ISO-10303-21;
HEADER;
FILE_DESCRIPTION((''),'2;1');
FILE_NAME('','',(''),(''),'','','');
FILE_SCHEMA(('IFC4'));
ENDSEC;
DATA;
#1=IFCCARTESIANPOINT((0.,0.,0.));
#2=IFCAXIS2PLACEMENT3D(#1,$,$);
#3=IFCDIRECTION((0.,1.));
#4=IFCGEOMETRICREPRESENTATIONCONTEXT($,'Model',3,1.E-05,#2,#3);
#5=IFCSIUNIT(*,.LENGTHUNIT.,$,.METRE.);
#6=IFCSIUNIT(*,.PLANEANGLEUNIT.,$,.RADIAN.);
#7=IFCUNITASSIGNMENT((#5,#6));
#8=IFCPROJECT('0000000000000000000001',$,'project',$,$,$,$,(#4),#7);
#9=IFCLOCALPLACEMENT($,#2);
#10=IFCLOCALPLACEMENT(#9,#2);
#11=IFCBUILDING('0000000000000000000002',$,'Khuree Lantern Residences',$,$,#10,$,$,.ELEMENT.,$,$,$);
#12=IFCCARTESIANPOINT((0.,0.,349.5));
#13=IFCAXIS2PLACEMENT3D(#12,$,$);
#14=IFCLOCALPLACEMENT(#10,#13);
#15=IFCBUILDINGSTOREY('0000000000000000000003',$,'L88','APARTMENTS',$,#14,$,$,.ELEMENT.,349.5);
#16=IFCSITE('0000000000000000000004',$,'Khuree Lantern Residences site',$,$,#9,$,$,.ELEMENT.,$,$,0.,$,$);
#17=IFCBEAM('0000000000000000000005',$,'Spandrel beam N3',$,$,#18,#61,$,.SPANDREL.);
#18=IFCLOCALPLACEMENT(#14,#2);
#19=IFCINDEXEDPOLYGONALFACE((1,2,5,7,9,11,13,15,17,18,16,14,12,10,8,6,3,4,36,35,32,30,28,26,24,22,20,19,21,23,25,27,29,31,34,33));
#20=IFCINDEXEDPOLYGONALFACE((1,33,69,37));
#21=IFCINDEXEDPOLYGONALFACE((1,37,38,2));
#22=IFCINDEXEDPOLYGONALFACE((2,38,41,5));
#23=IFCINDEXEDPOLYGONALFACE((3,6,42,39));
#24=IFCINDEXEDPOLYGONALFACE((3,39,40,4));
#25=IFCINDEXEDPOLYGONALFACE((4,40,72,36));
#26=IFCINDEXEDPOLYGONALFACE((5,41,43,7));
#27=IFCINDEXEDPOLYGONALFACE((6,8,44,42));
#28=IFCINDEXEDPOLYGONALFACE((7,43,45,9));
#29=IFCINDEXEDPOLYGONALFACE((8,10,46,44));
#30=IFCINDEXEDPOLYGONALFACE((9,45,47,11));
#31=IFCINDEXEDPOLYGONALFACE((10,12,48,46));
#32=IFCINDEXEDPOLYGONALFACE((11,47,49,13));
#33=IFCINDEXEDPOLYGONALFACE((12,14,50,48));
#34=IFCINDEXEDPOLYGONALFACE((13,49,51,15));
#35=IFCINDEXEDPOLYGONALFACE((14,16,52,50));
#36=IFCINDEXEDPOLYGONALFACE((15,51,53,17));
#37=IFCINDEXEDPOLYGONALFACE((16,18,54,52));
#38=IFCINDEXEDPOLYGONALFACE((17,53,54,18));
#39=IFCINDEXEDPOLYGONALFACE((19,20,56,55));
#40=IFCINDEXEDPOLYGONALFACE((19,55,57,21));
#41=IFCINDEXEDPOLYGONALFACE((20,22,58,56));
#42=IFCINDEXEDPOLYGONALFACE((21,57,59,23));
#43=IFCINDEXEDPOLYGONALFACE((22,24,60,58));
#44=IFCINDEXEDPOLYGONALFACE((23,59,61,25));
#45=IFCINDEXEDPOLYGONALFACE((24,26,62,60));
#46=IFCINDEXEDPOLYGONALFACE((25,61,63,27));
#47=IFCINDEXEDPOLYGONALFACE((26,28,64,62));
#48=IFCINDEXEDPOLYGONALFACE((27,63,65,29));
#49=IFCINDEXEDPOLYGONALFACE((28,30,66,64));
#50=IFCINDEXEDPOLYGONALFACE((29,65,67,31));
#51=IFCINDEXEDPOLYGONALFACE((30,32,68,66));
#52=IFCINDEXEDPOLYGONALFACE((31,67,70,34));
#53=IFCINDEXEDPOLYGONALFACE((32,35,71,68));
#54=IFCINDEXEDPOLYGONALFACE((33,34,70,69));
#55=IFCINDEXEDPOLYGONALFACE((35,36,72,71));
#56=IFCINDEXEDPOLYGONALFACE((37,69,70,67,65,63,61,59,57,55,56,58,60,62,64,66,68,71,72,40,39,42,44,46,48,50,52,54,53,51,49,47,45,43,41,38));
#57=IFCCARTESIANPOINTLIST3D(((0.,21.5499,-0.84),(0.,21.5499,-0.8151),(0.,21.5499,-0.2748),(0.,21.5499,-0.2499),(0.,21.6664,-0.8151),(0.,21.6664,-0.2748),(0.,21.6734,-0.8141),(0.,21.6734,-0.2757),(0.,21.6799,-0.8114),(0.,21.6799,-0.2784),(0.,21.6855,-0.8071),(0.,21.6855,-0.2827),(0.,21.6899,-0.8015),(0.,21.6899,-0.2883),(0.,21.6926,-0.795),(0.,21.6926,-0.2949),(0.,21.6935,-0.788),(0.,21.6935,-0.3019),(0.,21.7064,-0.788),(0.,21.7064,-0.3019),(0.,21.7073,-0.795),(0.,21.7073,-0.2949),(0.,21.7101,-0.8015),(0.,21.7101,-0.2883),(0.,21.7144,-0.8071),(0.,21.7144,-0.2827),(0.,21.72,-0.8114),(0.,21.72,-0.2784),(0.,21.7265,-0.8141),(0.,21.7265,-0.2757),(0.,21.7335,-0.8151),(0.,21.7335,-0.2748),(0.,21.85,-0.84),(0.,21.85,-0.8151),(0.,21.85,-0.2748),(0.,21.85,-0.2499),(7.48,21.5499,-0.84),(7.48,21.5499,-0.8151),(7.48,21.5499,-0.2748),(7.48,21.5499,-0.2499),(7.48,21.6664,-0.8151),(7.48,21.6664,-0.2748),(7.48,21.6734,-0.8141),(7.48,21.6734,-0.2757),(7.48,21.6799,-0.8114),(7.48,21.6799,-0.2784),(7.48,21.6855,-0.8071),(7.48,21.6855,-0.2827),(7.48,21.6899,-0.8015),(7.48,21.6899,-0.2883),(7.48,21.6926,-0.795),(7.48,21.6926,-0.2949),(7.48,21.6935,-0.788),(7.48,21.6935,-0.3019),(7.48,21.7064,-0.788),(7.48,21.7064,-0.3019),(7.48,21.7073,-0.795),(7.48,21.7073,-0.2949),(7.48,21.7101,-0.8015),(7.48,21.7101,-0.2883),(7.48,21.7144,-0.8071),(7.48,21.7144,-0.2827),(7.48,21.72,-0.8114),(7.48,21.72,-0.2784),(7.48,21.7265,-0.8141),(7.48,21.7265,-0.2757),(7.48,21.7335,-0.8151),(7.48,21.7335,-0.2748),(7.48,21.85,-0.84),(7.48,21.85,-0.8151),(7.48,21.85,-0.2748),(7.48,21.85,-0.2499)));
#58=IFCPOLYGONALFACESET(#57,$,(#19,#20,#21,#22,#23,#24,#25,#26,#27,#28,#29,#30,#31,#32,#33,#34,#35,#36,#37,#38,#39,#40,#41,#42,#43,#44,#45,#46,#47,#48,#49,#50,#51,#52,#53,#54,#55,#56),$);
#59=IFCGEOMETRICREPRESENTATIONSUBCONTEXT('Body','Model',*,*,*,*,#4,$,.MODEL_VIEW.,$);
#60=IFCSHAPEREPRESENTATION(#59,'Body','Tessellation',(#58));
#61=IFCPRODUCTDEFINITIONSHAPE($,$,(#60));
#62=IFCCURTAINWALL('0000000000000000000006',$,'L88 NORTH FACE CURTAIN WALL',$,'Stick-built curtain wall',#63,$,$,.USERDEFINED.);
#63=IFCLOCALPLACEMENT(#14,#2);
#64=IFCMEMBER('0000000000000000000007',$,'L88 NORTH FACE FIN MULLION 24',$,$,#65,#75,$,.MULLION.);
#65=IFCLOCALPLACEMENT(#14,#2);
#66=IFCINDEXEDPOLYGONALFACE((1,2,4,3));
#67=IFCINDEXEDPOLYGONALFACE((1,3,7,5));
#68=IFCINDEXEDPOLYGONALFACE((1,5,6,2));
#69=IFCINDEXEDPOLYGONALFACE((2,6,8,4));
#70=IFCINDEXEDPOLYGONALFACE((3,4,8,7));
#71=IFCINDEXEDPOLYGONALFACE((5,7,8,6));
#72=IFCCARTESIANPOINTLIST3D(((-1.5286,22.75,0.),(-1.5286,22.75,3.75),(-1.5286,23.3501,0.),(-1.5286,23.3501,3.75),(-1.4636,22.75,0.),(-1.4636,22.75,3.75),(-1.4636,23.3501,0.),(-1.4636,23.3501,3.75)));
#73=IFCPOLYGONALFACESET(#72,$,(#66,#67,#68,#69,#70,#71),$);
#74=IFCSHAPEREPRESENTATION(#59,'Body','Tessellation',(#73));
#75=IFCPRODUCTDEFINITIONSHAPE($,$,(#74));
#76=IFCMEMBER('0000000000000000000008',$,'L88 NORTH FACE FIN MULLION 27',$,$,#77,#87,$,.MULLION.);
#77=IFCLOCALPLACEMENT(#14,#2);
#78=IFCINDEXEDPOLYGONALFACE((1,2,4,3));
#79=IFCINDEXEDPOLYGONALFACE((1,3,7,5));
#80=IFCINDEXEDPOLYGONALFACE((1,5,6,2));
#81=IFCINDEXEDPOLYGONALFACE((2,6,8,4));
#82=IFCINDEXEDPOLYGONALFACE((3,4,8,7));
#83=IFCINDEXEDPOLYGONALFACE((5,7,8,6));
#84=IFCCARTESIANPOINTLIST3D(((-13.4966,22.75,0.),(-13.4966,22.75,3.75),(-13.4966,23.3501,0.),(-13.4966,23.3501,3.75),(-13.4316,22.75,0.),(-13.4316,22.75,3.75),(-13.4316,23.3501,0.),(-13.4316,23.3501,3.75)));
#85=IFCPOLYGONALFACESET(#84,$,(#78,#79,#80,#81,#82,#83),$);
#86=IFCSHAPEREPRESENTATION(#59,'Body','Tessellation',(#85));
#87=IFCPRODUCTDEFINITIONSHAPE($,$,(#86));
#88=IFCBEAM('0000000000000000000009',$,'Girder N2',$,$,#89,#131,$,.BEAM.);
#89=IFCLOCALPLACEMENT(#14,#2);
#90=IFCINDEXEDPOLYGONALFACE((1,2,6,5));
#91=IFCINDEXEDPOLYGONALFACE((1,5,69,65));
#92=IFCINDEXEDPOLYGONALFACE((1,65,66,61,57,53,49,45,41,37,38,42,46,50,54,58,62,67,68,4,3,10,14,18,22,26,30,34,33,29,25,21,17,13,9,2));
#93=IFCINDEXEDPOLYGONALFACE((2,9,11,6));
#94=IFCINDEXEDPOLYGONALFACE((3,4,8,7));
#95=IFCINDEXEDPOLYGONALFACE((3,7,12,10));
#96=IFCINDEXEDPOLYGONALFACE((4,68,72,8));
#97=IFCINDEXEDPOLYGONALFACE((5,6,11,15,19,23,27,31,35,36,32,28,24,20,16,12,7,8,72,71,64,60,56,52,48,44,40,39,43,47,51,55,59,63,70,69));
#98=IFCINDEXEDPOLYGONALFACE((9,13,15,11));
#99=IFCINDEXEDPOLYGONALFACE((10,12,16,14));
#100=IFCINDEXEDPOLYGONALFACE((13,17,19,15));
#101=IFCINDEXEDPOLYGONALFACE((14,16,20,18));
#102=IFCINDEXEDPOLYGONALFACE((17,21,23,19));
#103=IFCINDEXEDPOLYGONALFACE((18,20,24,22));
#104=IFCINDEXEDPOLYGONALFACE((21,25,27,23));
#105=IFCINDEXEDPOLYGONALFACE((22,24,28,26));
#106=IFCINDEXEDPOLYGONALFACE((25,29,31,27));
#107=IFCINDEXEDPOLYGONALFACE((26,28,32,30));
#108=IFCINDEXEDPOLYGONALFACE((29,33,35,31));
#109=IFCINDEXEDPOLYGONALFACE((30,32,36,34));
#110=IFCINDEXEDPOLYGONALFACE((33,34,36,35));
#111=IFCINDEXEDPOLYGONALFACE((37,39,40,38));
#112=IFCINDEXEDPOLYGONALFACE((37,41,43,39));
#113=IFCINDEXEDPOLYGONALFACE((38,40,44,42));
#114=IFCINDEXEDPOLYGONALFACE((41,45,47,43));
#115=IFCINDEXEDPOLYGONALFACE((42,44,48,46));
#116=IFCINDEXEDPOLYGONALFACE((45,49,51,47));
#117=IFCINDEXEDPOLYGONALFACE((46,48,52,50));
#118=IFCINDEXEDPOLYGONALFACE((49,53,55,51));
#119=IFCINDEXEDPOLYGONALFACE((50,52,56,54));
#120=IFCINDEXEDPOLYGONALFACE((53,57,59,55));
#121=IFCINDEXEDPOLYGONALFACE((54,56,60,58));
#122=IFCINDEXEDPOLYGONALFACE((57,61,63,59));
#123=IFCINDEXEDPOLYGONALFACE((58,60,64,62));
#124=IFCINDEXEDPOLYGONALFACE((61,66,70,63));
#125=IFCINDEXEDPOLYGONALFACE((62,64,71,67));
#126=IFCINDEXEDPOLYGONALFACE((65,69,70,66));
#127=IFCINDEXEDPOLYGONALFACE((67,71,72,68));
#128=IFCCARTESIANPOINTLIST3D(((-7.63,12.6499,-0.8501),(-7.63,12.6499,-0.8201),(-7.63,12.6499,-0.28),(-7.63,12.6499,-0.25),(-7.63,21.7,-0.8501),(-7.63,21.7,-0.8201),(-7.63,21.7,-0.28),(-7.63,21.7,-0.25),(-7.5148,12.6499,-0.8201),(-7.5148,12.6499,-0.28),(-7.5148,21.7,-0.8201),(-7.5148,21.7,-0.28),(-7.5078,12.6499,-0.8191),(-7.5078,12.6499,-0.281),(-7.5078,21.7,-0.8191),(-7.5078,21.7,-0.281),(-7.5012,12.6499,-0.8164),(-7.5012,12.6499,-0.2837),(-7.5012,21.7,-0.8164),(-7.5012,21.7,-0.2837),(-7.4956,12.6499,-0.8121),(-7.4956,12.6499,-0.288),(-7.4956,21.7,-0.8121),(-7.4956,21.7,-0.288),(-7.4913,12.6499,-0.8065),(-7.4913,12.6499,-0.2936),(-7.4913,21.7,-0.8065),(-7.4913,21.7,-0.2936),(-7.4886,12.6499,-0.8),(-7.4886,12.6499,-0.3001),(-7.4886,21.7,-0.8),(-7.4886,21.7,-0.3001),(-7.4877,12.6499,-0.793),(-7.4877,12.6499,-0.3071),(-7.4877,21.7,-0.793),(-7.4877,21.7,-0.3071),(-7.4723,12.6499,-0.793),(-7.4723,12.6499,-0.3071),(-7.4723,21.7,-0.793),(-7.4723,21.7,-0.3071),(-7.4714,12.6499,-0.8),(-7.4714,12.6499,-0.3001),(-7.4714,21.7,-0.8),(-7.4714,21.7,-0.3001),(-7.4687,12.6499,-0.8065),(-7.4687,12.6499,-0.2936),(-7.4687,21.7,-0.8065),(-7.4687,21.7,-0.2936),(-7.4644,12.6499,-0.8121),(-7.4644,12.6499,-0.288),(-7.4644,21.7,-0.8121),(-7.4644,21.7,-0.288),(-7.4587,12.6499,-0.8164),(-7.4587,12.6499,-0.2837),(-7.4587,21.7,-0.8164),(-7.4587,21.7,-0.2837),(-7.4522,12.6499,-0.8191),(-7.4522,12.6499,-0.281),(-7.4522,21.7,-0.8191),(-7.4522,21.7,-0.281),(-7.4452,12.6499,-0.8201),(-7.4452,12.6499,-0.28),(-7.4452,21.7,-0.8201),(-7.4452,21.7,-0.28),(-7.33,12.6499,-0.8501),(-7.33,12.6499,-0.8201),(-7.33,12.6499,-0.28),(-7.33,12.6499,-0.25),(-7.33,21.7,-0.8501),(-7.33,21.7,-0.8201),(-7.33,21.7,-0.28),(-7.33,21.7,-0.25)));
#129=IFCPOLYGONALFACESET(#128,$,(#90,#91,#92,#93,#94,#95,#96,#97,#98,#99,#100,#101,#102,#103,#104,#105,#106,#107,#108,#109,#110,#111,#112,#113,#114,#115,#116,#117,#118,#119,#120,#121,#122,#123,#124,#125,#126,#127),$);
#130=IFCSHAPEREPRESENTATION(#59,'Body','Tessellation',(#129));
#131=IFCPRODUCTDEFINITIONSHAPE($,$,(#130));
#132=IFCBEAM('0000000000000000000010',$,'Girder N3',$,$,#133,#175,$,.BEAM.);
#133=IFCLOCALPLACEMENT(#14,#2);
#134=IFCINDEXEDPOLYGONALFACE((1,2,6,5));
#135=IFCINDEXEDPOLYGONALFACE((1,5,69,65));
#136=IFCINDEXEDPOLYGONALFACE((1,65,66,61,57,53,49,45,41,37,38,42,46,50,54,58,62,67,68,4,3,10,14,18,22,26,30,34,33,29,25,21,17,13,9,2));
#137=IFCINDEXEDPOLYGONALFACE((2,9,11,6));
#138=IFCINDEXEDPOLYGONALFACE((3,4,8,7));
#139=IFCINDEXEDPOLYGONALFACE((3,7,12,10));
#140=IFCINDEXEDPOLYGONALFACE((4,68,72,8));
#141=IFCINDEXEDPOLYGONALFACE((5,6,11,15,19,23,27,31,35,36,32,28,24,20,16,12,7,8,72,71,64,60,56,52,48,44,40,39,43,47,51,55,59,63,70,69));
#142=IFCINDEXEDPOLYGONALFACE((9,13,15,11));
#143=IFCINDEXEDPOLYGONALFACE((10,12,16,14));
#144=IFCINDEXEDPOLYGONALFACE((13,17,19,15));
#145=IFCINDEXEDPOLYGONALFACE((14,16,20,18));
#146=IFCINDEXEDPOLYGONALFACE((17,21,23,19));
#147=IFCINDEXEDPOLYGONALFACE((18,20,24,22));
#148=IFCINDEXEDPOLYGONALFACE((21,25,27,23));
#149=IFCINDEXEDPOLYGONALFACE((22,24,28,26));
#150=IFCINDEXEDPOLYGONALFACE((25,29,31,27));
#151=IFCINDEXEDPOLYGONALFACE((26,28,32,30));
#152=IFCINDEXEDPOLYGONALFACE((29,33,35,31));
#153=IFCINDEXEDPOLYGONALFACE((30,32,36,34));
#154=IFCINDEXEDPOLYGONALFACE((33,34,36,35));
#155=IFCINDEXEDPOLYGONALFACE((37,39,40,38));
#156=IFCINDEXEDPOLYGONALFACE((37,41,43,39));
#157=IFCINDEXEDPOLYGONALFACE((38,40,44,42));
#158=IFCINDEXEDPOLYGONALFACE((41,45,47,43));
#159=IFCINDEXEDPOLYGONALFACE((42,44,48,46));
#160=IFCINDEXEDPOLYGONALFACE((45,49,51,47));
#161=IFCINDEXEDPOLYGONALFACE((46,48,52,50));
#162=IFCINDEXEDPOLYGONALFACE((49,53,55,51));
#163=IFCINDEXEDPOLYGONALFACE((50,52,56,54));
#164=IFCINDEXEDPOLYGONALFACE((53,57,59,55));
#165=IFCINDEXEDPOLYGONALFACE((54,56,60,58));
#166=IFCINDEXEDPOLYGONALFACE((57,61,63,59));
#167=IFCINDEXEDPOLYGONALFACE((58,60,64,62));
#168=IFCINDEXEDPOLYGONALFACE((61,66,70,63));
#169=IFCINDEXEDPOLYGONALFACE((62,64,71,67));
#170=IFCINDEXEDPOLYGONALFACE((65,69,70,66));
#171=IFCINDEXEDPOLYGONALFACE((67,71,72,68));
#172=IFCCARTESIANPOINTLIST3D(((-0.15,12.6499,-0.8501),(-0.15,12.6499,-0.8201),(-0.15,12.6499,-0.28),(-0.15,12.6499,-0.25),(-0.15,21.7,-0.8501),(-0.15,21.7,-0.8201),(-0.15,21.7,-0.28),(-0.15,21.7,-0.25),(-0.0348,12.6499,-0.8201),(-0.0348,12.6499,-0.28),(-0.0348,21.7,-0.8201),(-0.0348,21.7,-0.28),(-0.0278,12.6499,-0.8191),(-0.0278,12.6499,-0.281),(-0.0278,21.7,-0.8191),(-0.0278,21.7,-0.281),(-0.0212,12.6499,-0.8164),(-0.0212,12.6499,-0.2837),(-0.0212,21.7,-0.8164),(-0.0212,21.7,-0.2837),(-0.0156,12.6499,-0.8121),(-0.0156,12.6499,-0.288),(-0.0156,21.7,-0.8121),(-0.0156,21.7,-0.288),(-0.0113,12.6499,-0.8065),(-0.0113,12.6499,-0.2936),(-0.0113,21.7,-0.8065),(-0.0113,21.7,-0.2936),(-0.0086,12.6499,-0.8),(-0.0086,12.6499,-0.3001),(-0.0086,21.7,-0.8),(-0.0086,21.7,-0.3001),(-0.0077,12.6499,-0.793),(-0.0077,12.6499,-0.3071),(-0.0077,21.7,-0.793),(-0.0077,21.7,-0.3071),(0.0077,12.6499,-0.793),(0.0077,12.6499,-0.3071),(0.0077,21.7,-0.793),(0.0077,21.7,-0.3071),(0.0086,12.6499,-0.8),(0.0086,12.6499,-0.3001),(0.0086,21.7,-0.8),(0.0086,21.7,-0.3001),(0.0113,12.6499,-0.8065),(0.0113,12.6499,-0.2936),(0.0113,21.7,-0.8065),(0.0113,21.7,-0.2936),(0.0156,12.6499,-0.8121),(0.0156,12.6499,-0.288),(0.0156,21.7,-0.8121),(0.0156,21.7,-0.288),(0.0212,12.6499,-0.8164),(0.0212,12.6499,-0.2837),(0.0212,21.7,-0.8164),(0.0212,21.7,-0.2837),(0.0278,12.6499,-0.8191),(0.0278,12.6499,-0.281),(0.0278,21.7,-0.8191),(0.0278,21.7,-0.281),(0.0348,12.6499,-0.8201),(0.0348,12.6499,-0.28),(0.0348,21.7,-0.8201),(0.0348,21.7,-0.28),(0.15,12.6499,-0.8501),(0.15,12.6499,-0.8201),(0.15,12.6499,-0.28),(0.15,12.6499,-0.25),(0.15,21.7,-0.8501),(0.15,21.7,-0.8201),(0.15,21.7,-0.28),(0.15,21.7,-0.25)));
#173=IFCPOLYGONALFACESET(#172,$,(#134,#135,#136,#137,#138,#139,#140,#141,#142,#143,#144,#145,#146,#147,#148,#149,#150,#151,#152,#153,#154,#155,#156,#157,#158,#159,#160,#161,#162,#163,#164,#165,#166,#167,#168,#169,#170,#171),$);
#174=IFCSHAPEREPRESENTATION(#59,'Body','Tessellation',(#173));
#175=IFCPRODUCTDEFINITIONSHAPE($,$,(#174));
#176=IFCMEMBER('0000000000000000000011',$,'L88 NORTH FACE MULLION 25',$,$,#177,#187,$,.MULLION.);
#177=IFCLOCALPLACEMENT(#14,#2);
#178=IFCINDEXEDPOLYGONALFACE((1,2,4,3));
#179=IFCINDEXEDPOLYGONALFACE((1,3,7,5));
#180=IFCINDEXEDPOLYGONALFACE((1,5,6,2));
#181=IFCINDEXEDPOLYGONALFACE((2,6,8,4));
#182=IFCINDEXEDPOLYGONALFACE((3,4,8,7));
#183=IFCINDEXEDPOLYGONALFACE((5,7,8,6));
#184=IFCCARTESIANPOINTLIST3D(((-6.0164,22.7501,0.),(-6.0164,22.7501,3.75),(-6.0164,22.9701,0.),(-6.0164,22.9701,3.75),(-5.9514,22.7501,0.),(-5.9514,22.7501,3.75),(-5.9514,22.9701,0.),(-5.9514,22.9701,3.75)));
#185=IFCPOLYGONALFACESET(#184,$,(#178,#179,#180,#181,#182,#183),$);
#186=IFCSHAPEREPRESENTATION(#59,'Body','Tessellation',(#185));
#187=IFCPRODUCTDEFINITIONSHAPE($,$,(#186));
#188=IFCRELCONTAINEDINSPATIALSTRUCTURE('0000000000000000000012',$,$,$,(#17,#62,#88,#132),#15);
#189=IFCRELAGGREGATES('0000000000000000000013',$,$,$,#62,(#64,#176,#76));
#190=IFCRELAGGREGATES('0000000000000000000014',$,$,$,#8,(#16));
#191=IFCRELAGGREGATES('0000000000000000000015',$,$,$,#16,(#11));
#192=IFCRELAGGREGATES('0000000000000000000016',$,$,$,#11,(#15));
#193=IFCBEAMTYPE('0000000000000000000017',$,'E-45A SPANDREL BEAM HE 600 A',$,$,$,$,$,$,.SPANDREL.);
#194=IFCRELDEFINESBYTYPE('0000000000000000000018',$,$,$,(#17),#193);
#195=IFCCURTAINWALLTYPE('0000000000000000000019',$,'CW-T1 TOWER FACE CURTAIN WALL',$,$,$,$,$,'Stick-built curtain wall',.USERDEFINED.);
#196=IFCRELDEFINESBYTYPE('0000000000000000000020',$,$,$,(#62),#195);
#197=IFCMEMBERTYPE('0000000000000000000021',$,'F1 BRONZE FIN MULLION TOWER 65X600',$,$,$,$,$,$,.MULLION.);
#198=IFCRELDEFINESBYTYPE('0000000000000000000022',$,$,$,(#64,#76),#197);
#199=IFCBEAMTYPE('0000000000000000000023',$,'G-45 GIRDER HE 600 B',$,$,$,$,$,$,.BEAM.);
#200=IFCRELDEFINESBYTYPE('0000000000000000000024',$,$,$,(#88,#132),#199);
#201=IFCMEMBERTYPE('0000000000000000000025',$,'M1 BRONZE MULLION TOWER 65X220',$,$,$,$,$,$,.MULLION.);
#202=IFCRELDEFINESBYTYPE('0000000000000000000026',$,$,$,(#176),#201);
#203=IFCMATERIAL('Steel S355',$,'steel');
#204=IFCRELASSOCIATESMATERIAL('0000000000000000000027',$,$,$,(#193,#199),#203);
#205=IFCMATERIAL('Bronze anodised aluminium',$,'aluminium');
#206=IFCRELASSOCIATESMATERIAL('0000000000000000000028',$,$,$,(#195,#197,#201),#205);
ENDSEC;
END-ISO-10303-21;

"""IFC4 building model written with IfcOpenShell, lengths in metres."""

from ifc_helpers import new_model, si_unit, direction, frame, origin, origin_2d, place, context, subcontext, project, spatial, rectangle, i_section, extrude, material, material_profile, profile_set, type_object, element, aggregate, save


model = new_model("IFC4")

# Units and contexts
model_context = context("Model", 3, precision=1e-05, world=origin(), true_north=direction((0.0, 1.0)))
body_context = subcontext(model_context, "Body", "Model", "MODEL_VIEW")
ifc_project = project(units=[si_unit("LENGTHUNIT", "METRE"), si_unit("PLANEANGLEUNIT", "RADIAN")], contexts=[model_context])

# Site, building, storey
site_placement = place(None, origin())
site = spatial("IfcSite", under=ifc_project, at=site_placement, Name="Khuree Lantern Residences site", CompositionType="ELEMENT", RefElevation=0.0)
building_placement = place(site_placement, origin())
building = spatial("IfcBuilding", under=site, at=building_placement, Name="Khuree Lantern Residences", CompositionType="ELEMENT")
storey_placement = place(building_placement, frame((0.0, 0.0, 349.5)))
storey = spatial("IfcBuildingStorey", under=building, at=storey_placement, Name="L88", Description="APARTMENTS", CompositionType="ELEMENT", Elevation=349.5)

# Beam
ifc_material_1 = material(Name="Steel S355", Category="steel")
ifc_material_profile_1 = material_profile(ifc_material_1, i_section(OverallWidth=0.3, OverallDepth=0.5901, WebThickness=0.0129, FlangeThickness=0.0249, FilletRadius=0.0271, at=origin_2d()), Name="HE 600 A")
ifc_profile_set_1 = profile_set([ifc_material_profile_1], Name="Steel S355")
beam_type_1 = type_object("IfcBeamType", Name="E-45A SPANDREL BEAM HE 600 A", PredefinedType="SPANDREL", material=ifc_profile_set_1)
for number, where, z_axis, x_axis, name in (
    (1, (0.0, 21.7, -0.5449), (1.0, 0.0, 0.0), (0.0, 1.0, 0.0), "Spandrel beam N3"),
):
    element("IfcBeam", number, at=place(storey_placement, frame(where, z_axis=z_axis, x_axis=x_axis)), inside=storey, type_object=beam_type_1, Name=name, PredefinedType="SPANDREL", context=body_context, shape_type="SweptSolid", body=[
        extrude(i_section(OverallWidth=0.3, OverallDepth=0.5901, WebThickness=0.0129, FlangeThickness=0.0249, FilletRadius=0.0271, at=origin_2d()), origin(), (0.0, 0.0, 1.0), 7.48),
    ])

# Curtain wall, members
ifc_material_2 = material(Name="Bronze anodised aluminium", Category="aluminium")
curtain_wall_type = type_object("IfcCurtainWallType", Name="CW-T1 TOWER FACE CURTAIN WALL", ElementType="Stick-built curtain wall", PredefinedType="USERDEFINED", material=ifc_material_2)
curtain_wall_placement = place(storey_placement, origin())
curtain_wall = element("IfcCurtainWall", 2, at=curtain_wall_placement, inside=storey, type_object=curtain_wall_type, Name="L88 NORTH FACE CURTAIN WALL", ObjectType="Stick-built curtain wall", PredefinedType="USERDEFINED")
ifc_material_profile_2 = material_profile(ifc_material_2, rectangle(XDim=0.0649, YDim=0.6001, at=origin_2d()), Name="F1 65X600")
ifc_profile_set_2 = profile_set([ifc_material_profile_2], Name="Bronze anodised aluminium")
member_type_1 = type_object("IfcMemberType", Name="F1 BRONZE FIN MULLION TOWER 65X600", PredefinedType="MULLION", material=ifc_profile_set_2)
member_1_placement = place(storey_placement, frame((-1.4961, 23.05, 0.0), z_axis=(0.0, 0.0, 1.0), x_axis=(-1.0, 0.0, 0.0)))
member_1 = element("IfcMember", 3, at=member_1_placement, type_object=member_type_1, Name="L88 NORTH FACE FIN MULLION 24", PredefinedType="MULLION", context=body_context, shape_type="SweptSolid", body=[
    extrude(rectangle(XDim=0.0649, YDim=0.6001, at=origin_2d()), origin(), (0.0, 0.0, 1.0), 3.75),
])
member_2_placement = place(storey_placement, frame((-13.4641, 23.05, 0.0), z_axis=(0.0, 0.0, 1.0), x_axis=(-1.0, 0.0, 0.0)))
member_2 = element("IfcMember", 4, at=member_2_placement, type_object=member_type_1, Name="L88 NORTH FACE FIN MULLION 27", PredefinedType="MULLION", context=body_context, shape_type="SweptSolid", body=[
    extrude(rectangle(XDim=0.0649, YDim=0.6001, at=origin_2d()), origin(), (0.0, 0.0, 1.0), 3.75),
])

# Beams
ifc_material_profile_3 = material_profile(ifc_material_1, i_section(OverallWidth=0.3, OverallDepth=0.6001, WebThickness=0.0154, FlangeThickness=0.03, FilletRadius=0.0271, at=origin_2d()), Name="HE 600 B")
ifc_profile_set_3 = profile_set([ifc_material_profile_3], Name="Steel S355")
beam_type_2 = type_object("IfcBeamType", Name="G-45 GIRDER HE 600 B", PredefinedType="BEAM", material=ifc_profile_set_3)
for number, where, z_axis, x_axis, name in (
    (5, (-7.48, 21.7, -0.55), (0.0, -1.0, 0.0), (1.0, 0.0, 0.0), "Girder N2"),
    (6, (0.0, 21.7, -0.55), (0.0, -1.0, 0.0), (1.0, 0.0, 0.0), "Girder N3"),
):
    element("IfcBeam", number, at=place(storey_placement, frame(where, z_axis=z_axis, x_axis=x_axis)), inside=storey, type_object=beam_type_2, Name=name, PredefinedType="BEAM", context=body_context, shape_type="SweptSolid", body=[
        extrude(i_section(OverallWidth=0.3, OverallDepth=0.6001, WebThickness=0.0154, FlangeThickness=0.03, FilletRadius=0.0271, at=origin_2d()), origin(), (0.0, 0.0, 1.0), 9.05),
    ])

# Member
ifc_material_profile_4 = material_profile(ifc_material_2, rectangle(XDim=0.0649, YDim=0.22, at=origin_2d()), Name="M1 65X220")
ifc_profile_set_4 = profile_set([ifc_material_profile_4], Name="Bronze anodised aluminium")
member_type_2 = type_object("IfcMemberType", Name="M1 BRONZE MULLION TOWER 65X220", PredefinedType="MULLION", material=ifc_profile_set_4)
member_3_placement = place(storey_placement, frame((-5.9839, 22.8601, 0.0), z_axis=(0.0, 0.0, 1.0), x_axis=(-1.0, 0.0, 0.0)))
member_3 = element("IfcMember", 7, at=member_3_placement, type_object=member_type_2, Name="L88 NORTH FACE MULLION 25", PredefinedType="MULLION", context=body_context, shape_type="SweptSolid", body=[
    extrude(rectangle(XDim=0.0649, YDim=0.22, at=origin_2d()), origin(), (0.0, 0.0, 1.0), 3.75),
])

aggregate(curtain_wall, [member_1, member_3, member_2])

save(model, "model.ifc")
